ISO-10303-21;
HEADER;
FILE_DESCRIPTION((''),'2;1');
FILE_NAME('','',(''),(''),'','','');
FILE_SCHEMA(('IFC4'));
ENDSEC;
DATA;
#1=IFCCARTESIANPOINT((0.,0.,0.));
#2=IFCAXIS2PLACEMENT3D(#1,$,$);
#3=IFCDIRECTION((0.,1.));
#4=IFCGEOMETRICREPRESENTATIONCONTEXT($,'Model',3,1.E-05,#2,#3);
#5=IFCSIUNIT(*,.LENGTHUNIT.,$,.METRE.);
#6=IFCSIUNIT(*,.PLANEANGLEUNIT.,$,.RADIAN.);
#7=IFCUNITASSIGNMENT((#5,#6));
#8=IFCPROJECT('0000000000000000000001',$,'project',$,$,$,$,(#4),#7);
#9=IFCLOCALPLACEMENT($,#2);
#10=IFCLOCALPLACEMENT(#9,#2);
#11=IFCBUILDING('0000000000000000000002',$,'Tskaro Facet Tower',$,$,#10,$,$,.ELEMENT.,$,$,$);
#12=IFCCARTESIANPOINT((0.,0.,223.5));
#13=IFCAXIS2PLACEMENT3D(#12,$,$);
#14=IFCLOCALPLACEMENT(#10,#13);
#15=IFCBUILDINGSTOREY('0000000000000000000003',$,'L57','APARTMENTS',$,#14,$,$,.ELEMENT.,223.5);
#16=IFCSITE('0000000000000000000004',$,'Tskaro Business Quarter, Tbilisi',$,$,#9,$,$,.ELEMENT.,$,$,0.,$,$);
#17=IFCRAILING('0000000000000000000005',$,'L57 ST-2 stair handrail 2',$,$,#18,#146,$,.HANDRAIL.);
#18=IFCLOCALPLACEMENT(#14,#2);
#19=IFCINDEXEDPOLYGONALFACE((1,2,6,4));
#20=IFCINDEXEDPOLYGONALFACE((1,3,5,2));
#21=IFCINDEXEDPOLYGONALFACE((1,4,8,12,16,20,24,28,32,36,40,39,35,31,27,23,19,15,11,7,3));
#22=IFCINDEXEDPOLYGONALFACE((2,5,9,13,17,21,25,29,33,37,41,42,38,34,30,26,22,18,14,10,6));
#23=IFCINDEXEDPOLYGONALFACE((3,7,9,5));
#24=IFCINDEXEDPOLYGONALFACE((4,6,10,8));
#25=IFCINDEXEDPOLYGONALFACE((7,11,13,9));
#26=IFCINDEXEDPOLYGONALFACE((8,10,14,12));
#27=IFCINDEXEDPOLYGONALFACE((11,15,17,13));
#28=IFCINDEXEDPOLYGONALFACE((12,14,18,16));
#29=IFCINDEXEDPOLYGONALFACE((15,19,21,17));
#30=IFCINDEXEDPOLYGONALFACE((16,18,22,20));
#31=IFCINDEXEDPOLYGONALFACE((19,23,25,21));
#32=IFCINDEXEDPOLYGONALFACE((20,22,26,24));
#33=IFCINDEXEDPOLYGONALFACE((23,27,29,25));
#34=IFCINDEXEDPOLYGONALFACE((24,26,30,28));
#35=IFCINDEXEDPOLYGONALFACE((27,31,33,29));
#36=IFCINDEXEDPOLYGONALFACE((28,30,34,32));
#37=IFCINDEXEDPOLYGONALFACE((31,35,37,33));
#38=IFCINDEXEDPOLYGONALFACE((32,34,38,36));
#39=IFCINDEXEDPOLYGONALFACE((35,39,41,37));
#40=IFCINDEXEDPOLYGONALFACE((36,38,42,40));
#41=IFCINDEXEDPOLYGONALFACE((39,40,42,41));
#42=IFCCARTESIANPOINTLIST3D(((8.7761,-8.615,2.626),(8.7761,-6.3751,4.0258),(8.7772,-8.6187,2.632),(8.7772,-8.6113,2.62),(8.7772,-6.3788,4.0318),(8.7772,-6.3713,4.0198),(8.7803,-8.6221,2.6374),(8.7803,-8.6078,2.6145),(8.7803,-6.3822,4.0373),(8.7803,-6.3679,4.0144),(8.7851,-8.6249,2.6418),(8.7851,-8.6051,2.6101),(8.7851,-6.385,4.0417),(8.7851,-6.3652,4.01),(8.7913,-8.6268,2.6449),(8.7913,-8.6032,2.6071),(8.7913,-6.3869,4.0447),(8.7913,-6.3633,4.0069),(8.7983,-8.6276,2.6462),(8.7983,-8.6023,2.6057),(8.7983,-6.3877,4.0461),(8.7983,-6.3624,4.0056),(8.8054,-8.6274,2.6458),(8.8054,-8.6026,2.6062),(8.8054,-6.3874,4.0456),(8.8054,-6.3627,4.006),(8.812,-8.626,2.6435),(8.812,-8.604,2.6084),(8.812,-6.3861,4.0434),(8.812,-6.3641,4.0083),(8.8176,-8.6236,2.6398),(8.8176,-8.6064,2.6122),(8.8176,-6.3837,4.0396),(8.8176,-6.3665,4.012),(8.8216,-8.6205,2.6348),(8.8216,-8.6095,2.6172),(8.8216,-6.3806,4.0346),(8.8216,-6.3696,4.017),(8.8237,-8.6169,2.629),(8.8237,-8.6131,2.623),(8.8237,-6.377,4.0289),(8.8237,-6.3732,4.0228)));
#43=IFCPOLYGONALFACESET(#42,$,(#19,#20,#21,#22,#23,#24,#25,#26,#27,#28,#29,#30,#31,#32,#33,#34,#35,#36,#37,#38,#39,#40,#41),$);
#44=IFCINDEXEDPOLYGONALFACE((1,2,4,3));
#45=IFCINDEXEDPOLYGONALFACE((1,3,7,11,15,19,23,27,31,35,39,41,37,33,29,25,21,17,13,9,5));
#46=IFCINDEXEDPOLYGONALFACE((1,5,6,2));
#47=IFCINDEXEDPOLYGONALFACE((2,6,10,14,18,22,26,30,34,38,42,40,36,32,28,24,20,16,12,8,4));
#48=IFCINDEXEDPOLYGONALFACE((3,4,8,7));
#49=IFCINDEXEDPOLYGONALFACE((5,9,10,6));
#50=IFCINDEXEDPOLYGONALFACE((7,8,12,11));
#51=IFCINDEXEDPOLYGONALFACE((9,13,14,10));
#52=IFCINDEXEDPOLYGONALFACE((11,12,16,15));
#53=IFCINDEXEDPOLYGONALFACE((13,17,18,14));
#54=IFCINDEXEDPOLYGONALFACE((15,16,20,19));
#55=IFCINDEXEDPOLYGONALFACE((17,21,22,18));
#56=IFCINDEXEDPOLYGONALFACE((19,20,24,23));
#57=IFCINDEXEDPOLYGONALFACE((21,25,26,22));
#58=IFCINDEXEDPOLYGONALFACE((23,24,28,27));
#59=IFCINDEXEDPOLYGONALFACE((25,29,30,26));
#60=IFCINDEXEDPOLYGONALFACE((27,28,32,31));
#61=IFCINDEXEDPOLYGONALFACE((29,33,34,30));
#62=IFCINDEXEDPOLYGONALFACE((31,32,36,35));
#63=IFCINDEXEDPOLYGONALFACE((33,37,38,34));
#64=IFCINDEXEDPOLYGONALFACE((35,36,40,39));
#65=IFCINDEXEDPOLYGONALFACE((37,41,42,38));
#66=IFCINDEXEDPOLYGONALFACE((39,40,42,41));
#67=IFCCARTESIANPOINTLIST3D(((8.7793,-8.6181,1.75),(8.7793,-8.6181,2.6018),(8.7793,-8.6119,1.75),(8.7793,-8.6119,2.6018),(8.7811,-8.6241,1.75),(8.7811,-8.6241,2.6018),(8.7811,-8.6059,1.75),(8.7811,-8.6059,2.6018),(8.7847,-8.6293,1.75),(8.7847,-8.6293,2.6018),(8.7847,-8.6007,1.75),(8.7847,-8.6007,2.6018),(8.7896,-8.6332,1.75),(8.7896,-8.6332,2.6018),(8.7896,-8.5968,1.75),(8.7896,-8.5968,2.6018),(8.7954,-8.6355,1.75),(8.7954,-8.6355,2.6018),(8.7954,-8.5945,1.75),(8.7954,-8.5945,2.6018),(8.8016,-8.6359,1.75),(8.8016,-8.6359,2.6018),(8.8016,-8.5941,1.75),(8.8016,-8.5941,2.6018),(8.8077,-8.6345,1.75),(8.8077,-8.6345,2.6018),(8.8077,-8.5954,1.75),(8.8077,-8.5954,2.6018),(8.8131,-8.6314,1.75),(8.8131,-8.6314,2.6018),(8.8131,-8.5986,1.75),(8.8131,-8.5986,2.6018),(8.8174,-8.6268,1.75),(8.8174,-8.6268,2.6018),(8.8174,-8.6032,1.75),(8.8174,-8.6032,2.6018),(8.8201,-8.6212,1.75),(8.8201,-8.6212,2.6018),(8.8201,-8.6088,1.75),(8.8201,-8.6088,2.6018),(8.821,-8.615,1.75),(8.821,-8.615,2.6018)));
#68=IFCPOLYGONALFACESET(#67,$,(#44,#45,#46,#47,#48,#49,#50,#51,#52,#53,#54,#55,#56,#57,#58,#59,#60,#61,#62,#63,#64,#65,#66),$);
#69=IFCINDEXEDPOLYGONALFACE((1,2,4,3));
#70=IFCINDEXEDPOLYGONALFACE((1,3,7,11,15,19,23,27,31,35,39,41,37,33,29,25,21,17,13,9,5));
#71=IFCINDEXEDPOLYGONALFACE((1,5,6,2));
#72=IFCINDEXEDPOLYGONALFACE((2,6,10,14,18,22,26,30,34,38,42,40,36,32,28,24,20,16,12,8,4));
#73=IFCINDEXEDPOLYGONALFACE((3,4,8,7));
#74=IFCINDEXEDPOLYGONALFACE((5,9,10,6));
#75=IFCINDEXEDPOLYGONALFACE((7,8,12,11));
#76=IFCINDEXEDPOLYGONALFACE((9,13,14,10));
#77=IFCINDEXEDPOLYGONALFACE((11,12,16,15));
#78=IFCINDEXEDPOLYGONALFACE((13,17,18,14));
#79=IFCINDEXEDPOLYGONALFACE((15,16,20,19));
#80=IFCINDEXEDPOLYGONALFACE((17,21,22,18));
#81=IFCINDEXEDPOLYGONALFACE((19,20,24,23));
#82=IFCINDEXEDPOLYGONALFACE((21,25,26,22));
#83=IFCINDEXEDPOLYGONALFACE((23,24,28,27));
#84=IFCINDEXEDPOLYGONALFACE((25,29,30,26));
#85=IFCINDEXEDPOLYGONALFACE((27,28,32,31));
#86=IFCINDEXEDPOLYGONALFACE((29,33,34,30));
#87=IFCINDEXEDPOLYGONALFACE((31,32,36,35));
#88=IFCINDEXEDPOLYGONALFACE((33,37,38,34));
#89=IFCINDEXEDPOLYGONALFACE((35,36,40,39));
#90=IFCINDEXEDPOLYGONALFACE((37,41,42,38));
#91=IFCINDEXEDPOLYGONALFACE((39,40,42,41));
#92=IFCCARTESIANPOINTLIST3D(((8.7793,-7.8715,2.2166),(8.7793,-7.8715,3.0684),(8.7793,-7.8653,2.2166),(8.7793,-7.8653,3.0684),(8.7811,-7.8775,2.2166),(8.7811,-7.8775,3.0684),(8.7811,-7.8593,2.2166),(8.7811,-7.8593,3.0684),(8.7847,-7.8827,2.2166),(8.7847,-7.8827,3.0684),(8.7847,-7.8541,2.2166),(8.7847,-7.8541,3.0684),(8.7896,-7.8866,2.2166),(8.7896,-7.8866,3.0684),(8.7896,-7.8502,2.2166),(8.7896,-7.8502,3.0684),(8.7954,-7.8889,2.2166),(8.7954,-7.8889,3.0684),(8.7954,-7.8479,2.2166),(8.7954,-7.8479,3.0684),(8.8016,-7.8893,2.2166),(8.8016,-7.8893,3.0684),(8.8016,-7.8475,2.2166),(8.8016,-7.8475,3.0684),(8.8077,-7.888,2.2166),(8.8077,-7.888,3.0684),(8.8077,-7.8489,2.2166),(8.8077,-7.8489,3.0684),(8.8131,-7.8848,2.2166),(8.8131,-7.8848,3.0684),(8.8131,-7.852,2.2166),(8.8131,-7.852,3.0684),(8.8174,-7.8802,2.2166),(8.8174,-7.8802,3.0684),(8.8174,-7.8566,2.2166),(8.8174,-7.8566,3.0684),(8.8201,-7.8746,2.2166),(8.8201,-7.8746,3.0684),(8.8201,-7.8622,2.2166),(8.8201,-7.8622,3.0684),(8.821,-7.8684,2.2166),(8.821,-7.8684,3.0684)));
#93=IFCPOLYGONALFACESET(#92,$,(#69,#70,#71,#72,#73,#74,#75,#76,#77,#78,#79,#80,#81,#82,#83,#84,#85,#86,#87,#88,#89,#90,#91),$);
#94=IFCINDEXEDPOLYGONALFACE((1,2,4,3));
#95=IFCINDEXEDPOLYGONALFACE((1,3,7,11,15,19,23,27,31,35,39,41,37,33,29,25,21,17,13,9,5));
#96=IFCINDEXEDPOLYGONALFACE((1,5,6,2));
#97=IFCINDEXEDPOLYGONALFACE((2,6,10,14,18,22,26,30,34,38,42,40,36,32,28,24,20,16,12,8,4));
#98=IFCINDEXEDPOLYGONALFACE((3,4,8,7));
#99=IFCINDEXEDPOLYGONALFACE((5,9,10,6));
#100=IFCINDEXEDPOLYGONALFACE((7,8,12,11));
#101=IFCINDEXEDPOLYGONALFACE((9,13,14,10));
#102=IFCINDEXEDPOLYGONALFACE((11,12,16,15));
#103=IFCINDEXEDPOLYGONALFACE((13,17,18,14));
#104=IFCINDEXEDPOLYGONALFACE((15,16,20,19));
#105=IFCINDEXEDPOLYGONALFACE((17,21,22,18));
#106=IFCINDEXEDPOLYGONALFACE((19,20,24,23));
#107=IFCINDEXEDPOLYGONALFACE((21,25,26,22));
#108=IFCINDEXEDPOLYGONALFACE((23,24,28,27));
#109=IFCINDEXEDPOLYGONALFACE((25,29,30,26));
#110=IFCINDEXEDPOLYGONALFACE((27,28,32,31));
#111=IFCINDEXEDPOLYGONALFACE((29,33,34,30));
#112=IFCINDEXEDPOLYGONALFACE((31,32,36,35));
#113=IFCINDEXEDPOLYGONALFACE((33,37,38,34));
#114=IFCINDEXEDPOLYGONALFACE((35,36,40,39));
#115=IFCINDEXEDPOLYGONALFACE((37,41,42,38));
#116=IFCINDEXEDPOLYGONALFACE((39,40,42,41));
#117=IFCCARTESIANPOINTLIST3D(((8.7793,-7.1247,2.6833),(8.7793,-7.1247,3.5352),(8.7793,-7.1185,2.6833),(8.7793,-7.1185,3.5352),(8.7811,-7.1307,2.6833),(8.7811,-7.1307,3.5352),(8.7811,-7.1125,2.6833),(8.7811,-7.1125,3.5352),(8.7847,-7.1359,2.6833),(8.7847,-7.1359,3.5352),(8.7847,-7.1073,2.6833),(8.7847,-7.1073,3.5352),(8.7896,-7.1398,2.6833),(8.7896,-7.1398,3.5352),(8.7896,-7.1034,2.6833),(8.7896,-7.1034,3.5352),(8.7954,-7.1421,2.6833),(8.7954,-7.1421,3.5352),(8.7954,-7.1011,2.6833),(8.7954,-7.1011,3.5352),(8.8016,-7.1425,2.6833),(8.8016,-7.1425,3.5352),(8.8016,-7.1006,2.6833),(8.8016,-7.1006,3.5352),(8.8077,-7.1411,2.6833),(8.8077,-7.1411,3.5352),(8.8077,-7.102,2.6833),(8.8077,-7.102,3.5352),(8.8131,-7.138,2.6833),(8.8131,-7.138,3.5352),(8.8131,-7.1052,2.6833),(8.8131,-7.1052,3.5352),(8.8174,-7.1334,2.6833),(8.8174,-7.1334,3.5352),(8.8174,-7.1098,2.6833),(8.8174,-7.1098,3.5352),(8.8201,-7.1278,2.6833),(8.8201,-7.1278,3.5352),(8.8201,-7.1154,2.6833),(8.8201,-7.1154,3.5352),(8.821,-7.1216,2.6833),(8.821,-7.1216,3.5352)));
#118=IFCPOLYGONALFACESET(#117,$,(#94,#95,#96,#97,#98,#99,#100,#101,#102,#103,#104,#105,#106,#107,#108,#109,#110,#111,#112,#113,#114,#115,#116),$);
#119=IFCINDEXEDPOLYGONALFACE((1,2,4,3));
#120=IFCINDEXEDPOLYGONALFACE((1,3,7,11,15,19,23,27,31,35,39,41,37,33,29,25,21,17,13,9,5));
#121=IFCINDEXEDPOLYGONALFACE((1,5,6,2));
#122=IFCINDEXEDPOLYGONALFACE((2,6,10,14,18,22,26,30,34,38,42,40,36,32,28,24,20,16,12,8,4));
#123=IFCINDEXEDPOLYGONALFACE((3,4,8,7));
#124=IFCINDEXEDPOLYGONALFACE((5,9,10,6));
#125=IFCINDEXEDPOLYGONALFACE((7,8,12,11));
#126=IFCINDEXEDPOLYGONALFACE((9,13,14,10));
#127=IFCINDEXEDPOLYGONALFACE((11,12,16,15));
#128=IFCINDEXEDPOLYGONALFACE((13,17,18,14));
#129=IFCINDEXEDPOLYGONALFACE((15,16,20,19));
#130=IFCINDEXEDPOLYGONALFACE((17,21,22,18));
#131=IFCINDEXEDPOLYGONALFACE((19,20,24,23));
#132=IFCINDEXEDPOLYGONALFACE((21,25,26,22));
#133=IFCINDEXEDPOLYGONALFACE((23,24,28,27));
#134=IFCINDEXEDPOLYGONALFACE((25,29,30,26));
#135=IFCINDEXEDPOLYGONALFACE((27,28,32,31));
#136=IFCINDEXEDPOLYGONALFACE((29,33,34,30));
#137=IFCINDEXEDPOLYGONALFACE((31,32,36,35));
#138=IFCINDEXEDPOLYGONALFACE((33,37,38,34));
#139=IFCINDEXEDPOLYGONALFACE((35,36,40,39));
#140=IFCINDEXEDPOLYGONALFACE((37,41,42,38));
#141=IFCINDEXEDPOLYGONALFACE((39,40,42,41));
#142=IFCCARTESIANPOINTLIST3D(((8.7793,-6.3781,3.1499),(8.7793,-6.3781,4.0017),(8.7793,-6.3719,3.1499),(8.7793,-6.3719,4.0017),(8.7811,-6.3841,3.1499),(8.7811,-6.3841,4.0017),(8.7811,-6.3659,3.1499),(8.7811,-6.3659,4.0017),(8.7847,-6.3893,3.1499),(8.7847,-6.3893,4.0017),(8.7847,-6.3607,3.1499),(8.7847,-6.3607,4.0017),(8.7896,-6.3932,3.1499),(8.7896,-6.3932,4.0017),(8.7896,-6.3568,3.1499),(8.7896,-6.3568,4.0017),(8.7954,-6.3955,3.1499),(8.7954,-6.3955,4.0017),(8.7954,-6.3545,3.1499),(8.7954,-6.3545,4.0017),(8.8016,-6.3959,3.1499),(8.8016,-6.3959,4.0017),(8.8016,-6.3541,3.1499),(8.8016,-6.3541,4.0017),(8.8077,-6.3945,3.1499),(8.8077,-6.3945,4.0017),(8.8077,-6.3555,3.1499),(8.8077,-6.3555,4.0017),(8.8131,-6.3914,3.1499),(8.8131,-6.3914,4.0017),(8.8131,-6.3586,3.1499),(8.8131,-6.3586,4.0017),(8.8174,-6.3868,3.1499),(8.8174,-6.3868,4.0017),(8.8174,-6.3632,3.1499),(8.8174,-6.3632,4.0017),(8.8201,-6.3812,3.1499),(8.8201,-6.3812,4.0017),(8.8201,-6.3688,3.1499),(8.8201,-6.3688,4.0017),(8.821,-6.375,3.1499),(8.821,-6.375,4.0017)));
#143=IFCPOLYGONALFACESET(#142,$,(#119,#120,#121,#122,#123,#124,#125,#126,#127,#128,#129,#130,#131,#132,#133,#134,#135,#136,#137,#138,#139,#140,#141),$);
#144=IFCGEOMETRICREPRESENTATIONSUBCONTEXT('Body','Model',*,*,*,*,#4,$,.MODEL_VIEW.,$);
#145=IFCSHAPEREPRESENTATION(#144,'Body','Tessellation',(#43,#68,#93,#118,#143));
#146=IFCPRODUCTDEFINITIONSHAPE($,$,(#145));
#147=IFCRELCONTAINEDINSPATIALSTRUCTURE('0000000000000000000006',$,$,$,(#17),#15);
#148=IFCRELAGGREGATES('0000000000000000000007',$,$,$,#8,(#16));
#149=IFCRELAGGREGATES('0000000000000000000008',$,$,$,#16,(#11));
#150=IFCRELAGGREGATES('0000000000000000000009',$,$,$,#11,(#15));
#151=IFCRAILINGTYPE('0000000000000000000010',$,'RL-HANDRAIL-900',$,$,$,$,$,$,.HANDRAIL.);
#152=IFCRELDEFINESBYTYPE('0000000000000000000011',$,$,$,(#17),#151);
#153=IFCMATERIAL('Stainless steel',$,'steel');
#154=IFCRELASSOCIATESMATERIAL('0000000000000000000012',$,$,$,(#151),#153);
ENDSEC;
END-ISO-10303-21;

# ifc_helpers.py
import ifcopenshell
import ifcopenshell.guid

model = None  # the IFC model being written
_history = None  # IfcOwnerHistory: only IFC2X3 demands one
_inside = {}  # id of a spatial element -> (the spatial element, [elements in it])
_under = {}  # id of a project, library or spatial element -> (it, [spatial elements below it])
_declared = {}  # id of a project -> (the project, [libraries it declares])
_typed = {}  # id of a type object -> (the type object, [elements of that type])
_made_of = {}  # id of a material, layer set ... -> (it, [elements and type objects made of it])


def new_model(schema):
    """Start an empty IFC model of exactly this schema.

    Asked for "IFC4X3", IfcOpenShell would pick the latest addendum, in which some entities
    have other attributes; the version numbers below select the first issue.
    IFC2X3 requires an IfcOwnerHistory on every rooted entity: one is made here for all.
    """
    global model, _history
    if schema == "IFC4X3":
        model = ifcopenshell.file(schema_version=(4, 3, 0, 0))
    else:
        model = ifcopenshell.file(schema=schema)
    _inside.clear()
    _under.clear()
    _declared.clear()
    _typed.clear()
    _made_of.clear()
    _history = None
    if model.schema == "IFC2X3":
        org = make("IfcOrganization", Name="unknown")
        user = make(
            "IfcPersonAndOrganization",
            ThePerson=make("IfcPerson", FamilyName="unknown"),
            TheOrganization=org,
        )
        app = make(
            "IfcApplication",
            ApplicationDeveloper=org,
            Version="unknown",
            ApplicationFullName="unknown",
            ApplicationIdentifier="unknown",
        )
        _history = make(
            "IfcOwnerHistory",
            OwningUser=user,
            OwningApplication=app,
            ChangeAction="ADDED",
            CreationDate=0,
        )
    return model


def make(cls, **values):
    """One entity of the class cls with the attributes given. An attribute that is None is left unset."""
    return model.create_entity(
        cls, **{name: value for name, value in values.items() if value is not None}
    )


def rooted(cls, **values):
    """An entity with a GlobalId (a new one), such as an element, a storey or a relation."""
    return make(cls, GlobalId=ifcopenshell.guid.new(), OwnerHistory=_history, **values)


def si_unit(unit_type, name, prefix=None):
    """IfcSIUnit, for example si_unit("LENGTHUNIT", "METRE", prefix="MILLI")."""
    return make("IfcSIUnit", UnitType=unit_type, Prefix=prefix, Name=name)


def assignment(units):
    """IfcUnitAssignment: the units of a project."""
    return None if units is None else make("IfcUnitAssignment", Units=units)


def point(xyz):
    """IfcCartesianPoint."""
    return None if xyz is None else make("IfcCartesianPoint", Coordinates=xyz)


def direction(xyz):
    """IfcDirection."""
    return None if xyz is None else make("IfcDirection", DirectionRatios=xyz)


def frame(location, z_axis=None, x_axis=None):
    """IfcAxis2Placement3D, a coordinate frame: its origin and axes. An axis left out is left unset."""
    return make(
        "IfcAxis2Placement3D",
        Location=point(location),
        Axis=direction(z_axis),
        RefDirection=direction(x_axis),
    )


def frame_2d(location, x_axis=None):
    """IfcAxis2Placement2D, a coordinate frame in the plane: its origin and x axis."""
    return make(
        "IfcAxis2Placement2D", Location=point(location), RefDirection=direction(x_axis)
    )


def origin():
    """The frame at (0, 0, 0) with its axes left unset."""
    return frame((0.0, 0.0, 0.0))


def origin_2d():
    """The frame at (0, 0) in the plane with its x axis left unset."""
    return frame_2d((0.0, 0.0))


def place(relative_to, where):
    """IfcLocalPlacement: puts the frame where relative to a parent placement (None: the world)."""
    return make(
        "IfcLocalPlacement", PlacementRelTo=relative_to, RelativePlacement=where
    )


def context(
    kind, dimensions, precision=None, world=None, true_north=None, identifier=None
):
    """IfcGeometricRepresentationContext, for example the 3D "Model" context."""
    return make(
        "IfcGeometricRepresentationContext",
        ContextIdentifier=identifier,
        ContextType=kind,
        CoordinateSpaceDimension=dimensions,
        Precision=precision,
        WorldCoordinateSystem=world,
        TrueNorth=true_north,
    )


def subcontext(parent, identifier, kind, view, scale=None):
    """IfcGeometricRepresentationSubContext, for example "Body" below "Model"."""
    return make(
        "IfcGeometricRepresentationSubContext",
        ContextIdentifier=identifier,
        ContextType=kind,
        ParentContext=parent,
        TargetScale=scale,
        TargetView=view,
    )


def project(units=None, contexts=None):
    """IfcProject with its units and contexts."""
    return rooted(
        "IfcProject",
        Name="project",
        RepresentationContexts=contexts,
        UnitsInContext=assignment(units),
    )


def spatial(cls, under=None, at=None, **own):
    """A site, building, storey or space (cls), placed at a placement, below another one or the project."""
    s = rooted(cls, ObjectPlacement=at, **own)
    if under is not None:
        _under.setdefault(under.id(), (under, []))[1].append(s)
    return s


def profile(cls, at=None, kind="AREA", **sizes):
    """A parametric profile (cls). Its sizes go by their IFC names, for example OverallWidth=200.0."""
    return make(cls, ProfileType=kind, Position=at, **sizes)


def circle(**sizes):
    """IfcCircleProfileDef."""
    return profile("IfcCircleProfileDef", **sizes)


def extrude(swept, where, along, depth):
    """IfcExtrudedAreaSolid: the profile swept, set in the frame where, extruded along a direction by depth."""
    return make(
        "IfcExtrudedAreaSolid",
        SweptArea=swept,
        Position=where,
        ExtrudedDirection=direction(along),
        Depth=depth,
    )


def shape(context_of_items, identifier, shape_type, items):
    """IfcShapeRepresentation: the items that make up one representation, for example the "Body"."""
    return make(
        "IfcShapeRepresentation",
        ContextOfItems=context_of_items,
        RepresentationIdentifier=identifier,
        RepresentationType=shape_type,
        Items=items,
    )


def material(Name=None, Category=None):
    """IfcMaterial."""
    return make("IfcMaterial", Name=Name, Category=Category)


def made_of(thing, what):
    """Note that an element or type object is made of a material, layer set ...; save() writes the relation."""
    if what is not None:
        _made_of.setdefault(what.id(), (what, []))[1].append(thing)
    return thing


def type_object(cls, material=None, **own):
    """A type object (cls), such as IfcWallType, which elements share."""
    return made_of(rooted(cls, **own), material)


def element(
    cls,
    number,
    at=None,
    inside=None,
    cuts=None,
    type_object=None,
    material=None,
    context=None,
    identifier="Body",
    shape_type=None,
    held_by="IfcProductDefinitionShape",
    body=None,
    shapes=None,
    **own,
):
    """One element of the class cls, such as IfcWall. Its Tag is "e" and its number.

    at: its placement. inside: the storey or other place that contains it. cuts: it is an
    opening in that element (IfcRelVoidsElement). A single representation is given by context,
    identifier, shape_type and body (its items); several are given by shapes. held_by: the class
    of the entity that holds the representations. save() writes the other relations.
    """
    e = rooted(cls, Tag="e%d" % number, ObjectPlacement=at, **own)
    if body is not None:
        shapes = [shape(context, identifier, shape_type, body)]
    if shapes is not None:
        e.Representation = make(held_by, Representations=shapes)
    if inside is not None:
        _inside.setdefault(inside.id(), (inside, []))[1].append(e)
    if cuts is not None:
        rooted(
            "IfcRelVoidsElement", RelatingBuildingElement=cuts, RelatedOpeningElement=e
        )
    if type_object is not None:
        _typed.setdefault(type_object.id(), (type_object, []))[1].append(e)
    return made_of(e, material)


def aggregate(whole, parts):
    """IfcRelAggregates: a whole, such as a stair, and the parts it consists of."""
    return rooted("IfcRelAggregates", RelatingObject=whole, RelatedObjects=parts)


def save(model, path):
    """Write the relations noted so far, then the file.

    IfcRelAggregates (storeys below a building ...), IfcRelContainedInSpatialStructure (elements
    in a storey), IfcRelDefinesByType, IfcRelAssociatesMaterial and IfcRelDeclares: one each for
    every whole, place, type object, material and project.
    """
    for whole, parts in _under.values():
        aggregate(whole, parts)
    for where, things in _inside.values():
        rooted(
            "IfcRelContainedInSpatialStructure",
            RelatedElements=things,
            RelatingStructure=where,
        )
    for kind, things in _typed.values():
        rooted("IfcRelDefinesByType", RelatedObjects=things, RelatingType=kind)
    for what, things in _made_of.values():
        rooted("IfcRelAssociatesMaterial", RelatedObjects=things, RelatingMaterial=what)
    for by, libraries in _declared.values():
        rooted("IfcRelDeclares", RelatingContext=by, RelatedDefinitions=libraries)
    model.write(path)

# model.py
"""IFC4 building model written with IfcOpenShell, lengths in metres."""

from ifc_helpers import new_model, si_unit, direction, frame, origin, origin_2d, place, context, subcontext, project, spatial, circle, extrude, material, type_object, element, save


model = new_model("IFC4")

# Units and contexts
model_context = context("Model", 3, precision=1e-05, world=origin(), true_north=direction((0.0, 1.0)))
body_context = subcontext(model_context, "Body", "Model", "MODEL_VIEW")
ifc_project = project(units=[si_unit("LENGTHUNIT", "METRE"), si_unit("PLANEANGLEUNIT", "RADIAN")], contexts=[model_context])

# Site, building, storey
site_placement = place(None, origin())
site = spatial("IfcSite", under=ifc_project, at=site_placement, Name="Tskaro Business Quarter, Tbilisi", CompositionType="ELEMENT", RefElevation=0.0)
building_placement = place(site_placement, origin())
building = spatial("IfcBuilding", under=site, at=building_placement, Name="Tskaro Facet Tower", CompositionType="ELEMENT")
storey_placement = place(building_placement, frame((0.0, 0.0, 223.5)))
storey = spatial("IfcBuildingStorey", under=building, at=storey_placement, Name="L57", Description="APARTMENTS", CompositionType="ELEMENT", Elevation=223.5)

# Railing
ifc_material_1 = material(Name="Stainless steel", Category="steel")
railing_type_1 = type_object("IfcRailingType", Name="RL-HANDRAIL-900", PredefinedType="HANDRAIL", material=ifc_material_1)
railing_1_placement = place(storey_placement, frame((8.8, -8.615, 1.75)))
element("IfcRailing", 1, at=railing_1_placement, inside=storey, type_object=railing_type_1, Name="L57 ST-2 stair handrail 2", PredefinedType="HANDRAIL", context=body_context, shape_type="SweptSolid", body=[
    extrude(circle(Radius=0.0239, at=origin_2d()), frame((0.0, 0.0, 0.876), z_axis=(0.0, 0.848014, 0.529974), x_axis=(-1.0, 0.0, 0.0)), (0.0, 0.0, 1.0), 2.6414),
    extrude(circle(Radius=0.021, at=origin_2d()), origin(), (0.0, 0.0, 1.0), 0.8518),
    extrude(circle(Radius=0.021, at=origin_2d()), frame((0.0, 0.7466, 0.4666)), (0.0, 0.0, 1.0), 0.8518),
    extrude(circle(Radius=0.021, at=origin_2d()), frame((0.0, 1.4934, 0.9333)), (0.0, 0.0, 1.0), 0.8518),
    extrude(circle(Radius=0.021, at=origin_2d()), frame((0.0, 2.24, 1.3999)), (0.0, 0.0, 1.0), 0.8518),
])

save(model, "model.ifc")
